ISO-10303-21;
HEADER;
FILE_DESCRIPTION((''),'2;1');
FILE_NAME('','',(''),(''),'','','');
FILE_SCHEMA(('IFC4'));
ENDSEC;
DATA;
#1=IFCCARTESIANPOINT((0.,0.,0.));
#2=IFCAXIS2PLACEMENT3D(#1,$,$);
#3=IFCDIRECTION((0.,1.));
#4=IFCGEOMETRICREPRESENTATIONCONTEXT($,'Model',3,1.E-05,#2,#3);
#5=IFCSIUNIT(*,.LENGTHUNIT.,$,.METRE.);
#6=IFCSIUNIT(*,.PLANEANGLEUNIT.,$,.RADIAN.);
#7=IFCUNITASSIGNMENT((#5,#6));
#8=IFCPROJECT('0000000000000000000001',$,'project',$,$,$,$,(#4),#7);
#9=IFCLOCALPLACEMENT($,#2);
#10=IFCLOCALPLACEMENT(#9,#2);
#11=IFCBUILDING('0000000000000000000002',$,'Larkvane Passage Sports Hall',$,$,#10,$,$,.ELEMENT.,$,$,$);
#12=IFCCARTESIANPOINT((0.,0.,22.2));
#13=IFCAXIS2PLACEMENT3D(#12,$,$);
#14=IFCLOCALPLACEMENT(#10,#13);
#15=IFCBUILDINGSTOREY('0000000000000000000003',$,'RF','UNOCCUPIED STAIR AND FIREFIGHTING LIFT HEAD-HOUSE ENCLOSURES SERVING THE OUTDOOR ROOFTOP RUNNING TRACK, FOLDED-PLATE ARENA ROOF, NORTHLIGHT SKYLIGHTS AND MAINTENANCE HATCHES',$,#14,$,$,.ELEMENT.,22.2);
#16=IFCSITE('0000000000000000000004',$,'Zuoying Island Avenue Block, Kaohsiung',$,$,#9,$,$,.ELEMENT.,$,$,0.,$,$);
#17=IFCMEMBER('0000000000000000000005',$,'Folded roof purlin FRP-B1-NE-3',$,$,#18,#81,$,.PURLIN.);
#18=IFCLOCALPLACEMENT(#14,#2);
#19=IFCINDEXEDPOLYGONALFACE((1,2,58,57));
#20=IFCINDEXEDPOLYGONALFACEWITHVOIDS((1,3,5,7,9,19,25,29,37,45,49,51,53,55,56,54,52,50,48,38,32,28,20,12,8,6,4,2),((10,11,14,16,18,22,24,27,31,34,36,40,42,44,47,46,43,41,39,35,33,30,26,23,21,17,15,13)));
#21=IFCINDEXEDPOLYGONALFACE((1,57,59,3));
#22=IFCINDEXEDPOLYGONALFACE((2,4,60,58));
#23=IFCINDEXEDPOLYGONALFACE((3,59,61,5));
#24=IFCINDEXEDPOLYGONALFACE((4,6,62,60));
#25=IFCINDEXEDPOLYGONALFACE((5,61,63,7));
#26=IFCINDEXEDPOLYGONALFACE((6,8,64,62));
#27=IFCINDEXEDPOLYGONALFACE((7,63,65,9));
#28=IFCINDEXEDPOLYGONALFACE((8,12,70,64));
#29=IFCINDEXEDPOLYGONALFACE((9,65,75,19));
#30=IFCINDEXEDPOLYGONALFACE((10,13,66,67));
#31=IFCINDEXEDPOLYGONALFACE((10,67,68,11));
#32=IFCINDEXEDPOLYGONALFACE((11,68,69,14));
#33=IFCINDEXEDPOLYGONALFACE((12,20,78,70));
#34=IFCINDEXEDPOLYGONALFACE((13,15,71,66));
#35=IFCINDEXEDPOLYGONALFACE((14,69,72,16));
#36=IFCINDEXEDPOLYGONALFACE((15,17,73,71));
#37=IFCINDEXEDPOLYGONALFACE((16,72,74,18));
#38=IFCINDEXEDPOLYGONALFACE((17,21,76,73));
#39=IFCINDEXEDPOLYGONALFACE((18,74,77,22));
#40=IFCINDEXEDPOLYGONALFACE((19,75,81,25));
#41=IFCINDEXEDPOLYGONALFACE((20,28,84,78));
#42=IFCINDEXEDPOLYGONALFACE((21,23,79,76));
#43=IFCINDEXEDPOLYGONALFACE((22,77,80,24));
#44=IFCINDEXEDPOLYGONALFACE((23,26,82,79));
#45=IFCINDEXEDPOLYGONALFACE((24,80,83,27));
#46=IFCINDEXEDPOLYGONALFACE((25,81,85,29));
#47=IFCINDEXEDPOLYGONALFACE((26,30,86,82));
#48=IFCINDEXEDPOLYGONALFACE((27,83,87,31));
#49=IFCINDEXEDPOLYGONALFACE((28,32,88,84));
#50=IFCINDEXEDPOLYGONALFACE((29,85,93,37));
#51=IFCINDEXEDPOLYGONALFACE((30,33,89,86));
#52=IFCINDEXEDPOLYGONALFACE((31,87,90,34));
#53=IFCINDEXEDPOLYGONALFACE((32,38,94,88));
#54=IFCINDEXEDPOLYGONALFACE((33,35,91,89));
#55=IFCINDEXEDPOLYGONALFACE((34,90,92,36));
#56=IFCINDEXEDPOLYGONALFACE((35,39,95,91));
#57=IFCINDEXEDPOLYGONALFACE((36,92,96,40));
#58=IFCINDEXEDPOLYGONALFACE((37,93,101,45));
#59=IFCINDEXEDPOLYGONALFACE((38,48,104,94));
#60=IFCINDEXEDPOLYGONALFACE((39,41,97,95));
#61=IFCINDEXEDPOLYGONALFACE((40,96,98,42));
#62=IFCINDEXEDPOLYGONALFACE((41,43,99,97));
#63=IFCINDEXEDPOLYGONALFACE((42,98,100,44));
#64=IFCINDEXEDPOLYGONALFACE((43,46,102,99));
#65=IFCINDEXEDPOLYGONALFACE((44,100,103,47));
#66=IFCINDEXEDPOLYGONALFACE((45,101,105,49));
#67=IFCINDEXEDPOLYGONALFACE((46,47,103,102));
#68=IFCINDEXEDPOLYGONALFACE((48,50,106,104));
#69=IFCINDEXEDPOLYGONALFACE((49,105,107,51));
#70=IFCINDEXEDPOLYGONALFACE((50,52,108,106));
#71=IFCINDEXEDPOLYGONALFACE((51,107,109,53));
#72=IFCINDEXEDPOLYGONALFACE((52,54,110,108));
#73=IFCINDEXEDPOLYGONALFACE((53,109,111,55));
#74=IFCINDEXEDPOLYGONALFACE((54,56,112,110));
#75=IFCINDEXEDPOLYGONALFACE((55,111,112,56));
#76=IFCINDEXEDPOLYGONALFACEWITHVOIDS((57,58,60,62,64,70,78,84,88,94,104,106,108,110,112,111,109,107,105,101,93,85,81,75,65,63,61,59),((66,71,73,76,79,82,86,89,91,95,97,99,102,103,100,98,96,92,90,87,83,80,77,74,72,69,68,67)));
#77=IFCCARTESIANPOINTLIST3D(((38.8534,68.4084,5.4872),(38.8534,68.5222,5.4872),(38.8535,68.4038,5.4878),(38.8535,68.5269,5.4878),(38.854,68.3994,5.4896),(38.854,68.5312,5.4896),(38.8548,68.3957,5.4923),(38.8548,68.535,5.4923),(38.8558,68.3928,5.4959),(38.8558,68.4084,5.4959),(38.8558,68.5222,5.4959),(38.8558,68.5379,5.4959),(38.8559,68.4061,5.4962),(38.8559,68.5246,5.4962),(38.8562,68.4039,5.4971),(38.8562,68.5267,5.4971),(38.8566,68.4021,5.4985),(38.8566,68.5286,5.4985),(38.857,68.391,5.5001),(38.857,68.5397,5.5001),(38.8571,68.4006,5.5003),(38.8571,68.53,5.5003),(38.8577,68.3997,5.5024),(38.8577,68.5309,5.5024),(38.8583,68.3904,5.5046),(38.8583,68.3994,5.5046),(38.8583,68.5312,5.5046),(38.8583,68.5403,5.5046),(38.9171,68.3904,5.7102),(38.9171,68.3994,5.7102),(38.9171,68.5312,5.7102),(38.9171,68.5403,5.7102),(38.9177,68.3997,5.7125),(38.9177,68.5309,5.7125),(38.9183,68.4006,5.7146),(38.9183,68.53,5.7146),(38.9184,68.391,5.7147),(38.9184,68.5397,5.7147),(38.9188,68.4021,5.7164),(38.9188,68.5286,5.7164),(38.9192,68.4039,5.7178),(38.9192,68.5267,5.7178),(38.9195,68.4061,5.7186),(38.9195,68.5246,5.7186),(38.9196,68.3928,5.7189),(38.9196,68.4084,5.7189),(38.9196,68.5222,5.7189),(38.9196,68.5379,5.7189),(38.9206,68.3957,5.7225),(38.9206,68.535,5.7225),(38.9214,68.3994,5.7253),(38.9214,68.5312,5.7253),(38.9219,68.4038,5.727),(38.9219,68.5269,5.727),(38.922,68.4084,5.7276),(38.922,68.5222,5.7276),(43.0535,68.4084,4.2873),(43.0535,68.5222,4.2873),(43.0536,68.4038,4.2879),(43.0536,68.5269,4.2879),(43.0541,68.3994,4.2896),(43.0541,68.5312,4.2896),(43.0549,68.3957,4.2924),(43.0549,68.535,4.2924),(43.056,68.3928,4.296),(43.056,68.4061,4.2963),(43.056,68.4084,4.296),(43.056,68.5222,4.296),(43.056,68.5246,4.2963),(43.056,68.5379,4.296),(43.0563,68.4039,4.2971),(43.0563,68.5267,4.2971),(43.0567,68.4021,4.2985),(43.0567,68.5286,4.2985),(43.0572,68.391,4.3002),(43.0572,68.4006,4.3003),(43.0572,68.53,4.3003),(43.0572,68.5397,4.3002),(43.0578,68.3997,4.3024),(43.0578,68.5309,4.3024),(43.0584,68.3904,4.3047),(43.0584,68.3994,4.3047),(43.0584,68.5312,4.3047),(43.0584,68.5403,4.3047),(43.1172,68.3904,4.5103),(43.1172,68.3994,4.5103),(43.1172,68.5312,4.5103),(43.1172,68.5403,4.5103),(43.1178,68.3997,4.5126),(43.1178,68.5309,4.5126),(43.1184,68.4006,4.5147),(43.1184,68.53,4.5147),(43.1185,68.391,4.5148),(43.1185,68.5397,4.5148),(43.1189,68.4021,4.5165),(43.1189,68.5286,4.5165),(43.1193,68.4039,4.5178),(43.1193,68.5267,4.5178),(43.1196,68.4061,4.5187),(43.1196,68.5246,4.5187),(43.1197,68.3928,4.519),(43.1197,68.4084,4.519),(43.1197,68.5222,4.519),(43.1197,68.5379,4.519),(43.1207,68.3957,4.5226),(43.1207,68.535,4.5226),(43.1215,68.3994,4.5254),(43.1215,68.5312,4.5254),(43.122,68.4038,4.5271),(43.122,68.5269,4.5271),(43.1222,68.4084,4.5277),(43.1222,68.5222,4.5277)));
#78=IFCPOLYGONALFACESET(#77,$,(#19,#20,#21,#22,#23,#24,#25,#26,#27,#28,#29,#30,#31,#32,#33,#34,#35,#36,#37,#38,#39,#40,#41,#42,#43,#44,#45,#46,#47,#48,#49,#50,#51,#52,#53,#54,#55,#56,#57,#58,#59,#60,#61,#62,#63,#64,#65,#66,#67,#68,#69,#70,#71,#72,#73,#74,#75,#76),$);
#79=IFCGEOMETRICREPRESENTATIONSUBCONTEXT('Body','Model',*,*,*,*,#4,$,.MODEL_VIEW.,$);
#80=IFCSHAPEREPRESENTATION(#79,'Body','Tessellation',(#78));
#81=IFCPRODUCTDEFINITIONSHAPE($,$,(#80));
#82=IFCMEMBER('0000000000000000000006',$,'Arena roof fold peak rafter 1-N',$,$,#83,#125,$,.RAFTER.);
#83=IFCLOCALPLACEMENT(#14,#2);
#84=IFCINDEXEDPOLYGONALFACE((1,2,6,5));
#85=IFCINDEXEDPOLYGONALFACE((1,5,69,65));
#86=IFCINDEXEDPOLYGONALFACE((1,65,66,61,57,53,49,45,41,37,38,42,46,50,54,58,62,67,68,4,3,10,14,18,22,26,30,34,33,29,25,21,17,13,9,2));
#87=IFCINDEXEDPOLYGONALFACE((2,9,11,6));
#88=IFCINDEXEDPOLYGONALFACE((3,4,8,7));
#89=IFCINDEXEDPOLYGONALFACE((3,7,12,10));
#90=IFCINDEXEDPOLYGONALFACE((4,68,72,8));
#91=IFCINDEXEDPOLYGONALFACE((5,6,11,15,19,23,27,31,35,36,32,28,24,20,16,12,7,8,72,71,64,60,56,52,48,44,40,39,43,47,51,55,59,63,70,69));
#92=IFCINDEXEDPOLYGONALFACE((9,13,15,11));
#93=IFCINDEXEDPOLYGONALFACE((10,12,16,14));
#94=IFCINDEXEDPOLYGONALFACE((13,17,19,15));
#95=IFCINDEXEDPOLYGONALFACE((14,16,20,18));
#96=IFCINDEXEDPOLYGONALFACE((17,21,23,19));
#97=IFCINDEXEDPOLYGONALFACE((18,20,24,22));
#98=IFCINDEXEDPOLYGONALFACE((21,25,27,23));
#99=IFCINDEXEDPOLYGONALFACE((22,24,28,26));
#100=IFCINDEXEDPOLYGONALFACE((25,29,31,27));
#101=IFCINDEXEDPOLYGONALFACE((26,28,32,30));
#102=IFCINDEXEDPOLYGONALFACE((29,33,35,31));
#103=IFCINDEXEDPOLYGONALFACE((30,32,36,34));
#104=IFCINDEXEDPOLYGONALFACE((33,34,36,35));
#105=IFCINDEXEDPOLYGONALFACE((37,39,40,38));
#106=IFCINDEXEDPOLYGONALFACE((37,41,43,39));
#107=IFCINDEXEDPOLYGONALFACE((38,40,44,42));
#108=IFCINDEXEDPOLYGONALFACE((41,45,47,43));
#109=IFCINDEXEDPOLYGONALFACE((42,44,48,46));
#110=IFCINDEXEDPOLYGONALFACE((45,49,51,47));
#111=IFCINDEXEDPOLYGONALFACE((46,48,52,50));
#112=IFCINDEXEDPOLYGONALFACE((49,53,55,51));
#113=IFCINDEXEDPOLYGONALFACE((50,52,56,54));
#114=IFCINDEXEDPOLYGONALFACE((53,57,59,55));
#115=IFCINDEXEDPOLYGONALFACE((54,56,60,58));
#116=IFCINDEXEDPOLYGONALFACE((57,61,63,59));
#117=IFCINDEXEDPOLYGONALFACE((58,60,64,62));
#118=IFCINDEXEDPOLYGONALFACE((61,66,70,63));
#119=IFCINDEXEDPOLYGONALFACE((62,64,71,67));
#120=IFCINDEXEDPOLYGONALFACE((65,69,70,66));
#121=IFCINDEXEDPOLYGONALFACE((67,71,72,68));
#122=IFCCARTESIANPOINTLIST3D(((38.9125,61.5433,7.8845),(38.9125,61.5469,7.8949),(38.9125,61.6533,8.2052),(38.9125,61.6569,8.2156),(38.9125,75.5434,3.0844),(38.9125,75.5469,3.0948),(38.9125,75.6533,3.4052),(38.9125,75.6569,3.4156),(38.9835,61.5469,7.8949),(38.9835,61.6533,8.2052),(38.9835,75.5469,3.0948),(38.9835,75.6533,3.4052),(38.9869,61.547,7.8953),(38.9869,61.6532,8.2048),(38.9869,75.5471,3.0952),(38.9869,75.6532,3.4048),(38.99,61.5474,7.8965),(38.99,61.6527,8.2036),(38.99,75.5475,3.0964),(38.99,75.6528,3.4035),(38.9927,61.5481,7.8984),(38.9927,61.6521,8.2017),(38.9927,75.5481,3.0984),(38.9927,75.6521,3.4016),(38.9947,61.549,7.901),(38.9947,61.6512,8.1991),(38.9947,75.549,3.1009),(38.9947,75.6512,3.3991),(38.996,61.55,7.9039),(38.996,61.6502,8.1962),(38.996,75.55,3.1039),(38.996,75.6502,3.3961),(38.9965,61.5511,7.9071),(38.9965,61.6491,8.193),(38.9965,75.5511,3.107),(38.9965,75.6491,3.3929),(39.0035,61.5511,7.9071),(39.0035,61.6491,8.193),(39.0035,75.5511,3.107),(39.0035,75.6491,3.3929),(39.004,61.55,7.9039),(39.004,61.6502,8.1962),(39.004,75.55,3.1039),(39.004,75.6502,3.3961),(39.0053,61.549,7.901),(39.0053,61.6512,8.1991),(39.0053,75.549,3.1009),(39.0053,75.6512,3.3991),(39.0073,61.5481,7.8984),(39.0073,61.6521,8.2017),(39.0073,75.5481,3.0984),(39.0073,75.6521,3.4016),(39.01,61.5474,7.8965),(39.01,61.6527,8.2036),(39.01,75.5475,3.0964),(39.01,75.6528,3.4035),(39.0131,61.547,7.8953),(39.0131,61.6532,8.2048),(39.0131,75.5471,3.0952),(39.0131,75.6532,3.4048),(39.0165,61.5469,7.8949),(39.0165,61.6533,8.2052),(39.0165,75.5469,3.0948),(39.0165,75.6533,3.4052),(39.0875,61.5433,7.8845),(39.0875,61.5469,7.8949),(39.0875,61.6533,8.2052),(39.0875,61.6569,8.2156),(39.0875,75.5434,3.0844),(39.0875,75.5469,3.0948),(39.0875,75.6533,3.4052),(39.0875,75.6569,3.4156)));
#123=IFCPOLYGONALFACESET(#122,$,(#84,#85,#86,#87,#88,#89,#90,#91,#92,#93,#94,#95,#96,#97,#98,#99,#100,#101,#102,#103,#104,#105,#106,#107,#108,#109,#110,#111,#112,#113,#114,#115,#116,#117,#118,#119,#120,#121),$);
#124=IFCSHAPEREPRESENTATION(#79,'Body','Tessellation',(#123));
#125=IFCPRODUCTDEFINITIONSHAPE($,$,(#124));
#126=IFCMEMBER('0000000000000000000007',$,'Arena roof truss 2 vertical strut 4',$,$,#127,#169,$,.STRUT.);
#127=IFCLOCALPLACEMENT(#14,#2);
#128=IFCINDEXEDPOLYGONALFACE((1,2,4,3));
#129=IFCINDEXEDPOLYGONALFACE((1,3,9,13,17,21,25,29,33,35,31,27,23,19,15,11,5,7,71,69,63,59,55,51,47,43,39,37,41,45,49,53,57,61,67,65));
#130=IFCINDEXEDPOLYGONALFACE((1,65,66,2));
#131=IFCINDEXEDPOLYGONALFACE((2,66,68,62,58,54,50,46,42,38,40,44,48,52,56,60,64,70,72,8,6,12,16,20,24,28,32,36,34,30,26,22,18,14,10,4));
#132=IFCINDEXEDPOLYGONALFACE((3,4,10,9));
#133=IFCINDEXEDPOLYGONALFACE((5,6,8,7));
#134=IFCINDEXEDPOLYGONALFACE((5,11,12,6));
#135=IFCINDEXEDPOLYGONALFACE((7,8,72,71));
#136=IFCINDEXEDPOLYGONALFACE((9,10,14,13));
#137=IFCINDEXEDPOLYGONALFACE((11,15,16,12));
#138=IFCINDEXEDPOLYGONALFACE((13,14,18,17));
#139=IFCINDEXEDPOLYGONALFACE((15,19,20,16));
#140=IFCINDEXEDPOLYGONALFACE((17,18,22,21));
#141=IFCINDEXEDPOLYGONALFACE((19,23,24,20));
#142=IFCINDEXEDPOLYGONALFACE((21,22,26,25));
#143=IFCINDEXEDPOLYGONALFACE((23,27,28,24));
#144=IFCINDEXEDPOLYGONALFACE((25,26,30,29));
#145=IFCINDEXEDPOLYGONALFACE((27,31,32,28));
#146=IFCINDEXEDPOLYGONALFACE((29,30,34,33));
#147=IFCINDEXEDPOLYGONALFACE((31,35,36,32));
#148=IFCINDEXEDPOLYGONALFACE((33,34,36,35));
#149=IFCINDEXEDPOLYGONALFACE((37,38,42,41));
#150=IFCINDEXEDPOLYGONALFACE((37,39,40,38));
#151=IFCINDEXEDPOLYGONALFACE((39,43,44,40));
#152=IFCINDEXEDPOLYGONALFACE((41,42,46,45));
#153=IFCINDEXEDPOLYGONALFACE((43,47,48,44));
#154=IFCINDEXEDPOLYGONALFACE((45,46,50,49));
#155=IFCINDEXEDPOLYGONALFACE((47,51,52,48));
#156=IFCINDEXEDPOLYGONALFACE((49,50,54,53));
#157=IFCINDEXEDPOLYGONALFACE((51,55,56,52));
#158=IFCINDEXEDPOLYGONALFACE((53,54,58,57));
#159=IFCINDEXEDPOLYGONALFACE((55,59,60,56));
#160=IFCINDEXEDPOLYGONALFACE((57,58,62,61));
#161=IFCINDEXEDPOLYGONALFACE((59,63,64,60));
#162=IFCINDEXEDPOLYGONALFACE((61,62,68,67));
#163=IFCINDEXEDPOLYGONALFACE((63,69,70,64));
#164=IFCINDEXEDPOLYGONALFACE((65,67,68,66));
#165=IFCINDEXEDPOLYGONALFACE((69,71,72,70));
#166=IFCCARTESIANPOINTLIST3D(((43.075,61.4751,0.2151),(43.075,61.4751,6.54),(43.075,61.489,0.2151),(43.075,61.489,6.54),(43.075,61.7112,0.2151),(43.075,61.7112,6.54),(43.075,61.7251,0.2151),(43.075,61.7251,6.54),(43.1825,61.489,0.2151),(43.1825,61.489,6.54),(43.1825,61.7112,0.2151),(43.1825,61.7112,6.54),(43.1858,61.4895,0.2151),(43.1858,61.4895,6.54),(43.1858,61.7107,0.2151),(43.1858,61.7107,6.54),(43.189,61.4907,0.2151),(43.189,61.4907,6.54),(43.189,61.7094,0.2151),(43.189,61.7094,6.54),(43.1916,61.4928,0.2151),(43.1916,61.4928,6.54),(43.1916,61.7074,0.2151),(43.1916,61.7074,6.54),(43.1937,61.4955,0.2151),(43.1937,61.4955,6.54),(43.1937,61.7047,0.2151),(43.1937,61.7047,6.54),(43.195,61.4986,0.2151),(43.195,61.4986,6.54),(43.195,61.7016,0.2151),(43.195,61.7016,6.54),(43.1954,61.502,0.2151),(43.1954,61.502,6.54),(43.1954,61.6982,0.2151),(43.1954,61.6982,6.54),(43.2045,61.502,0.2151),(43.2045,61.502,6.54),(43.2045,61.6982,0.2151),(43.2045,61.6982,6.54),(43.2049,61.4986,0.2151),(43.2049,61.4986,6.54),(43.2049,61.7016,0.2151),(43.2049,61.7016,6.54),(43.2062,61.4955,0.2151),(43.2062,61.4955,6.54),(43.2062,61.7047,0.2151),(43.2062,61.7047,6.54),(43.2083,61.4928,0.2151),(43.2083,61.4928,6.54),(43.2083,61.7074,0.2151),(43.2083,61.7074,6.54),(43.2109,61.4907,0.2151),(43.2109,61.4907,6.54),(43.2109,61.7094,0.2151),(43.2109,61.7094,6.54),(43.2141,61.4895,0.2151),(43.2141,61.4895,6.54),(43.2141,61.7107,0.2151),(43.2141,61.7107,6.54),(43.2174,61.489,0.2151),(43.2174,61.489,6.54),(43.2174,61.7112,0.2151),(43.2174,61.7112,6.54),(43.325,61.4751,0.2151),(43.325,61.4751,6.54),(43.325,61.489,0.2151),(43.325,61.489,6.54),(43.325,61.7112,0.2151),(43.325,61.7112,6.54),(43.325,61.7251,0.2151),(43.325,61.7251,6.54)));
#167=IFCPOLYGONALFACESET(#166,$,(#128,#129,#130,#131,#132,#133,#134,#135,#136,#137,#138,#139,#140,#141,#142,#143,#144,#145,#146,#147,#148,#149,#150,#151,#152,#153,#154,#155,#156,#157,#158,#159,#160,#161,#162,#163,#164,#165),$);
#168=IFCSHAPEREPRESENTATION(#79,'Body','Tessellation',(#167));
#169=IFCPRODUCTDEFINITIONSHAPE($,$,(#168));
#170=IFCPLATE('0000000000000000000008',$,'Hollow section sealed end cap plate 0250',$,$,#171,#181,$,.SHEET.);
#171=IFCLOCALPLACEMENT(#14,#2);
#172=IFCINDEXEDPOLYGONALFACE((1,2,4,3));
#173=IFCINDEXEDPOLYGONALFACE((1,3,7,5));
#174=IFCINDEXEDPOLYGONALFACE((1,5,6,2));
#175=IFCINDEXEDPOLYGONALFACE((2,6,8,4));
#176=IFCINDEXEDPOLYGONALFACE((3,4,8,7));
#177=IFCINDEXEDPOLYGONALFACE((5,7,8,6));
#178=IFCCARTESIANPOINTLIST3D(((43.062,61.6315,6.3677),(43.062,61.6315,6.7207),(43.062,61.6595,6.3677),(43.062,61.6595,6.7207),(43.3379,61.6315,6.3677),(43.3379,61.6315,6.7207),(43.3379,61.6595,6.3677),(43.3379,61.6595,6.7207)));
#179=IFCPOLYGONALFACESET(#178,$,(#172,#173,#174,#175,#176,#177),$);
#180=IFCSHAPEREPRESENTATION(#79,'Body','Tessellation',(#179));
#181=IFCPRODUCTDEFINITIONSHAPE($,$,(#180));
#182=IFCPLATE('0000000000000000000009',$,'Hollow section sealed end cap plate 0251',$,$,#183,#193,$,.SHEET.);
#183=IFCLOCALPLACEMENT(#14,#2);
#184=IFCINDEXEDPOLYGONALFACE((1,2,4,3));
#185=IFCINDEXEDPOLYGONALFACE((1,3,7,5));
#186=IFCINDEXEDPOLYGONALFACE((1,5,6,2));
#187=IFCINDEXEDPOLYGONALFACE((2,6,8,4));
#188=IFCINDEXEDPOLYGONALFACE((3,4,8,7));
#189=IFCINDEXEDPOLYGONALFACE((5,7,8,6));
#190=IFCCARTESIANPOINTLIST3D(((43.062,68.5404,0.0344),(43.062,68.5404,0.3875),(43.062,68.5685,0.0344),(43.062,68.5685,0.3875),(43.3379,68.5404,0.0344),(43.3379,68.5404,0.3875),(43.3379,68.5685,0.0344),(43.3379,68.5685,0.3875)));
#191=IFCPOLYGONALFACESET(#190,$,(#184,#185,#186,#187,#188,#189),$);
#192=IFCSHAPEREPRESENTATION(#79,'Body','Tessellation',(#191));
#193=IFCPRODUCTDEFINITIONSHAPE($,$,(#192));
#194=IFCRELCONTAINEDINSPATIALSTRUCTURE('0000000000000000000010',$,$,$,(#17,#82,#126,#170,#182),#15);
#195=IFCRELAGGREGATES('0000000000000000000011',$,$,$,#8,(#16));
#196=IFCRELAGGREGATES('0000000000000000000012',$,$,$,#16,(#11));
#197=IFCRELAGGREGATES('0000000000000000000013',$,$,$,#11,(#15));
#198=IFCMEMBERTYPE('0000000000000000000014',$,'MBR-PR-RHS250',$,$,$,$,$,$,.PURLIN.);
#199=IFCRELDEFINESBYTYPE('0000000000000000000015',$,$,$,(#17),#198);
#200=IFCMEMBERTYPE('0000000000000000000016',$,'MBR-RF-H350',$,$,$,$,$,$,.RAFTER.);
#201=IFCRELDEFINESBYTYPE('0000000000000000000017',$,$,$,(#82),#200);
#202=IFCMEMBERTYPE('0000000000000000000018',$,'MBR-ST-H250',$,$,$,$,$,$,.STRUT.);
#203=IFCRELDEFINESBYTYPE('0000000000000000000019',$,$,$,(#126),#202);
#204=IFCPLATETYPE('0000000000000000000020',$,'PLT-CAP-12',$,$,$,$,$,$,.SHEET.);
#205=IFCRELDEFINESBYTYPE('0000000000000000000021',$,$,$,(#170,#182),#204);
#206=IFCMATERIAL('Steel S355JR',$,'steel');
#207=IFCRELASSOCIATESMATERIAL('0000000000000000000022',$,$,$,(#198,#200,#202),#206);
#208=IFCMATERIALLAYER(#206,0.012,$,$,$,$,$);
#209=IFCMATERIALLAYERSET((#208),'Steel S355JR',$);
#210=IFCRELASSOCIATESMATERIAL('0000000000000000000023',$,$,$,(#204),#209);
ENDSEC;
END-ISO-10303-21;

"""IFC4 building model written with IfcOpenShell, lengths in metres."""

from ifc_helpers import new_model, si_unit, direction, frame, origin, origin_2d, place, context, subcontext, project, spatial, rectangle, hollow_rectangle, i_section, extrude, material, layer, layer_set, material_profile, profile_set, type_object, element, save


model = new_model("IFC4")

# Units and contexts
model_context = context("Model", 3, precision=1e-05, world=origin(), true_north=direction((0.0, 1.0)))
body_context = subcontext(model_context, "Body", "Model", "MODEL_VIEW")
ifc_project = project(units=[si_unit("LENGTHUNIT", "METRE"), si_unit("PLANEANGLEUNIT", "RADIAN")], contexts=[model_context])

# Site, building, storey
site_placement = place(None, origin())
site = spatial("IfcSite", under=ifc_project, at=site_placement, Name="Zuoying Island Avenue Block, Kaohsiung", CompositionType="ELEMENT", RefElevation=0.0)
building_placement = place(site_placement, origin())
building = spatial("IfcBuilding", under=site, at=building_placement, Name="Larkvane Passage Sports Hall", CompositionType="ELEMENT")
storey_placement = place(building_placement, frame((0.0, 0.0, 22.2)))
storey = spatial("IfcBuildingStorey", under=building, at=storey_placement, Name="RF", Description="UNOCCUPIED STAIR AND FIREFIGHTING LIFT HEAD-HOUSE ENCLOSURES SERVING THE OUTDOOR ROOFTOP RUNNING TRACK, FOLDED-PLATE ARENA ROOF, NORTHLIGHT SKYLIGHTS AND MAINTENANCE HATCHES", CompositionType="ELEMENT", Elevation=22.2)

# Members
ifc_material_1 = material(Name="Steel S355JR", Category="steel")
ifc_material_profile_1 = material_profile(ifc_material_1, hollow_rectangle(XDim=0.1499, YDim=0.25, WallThickness=0.009, InnerFilletRadius=0.009, OuterFilletRadius=0.0181, at=origin_2d()), Name="RHS-250x150x9")
ifc_profile_set_1 = profile_set([ifc_material_profile_1], Name="Steel S355JR")
member_type_1 = type_object("IfcMemberType", Name="MBR-PR-RHS250", PredefinedType="PURLIN", material=ifc_profile_set_1)
for number, where, z_axis, x_axis, name in (
    (1, (38.8877, 68.4653, 5.6074), (0.96153, 0.0, -0.274699), (0.0, 1.0, 0.0), "Folded roof purlin FRP-B1-NE-3"),
):
    element("IfcMember", number, at=place(storey_placement, frame(where, z_axis=z_axis, x_axis=x_axis)), inside=storey, type_object=member_type_1, Name=name, PredefinedType="PURLIN", context=body_context, shape_type="SweptSolid", body=[
        extrude(hollow_rectangle(XDim=0.1499, YDim=0.25, WallThickness=0.009, InnerFilletRadius=0.009, OuterFilletRadius=0.0181, at=origin_2d()), origin(), (0.0, 0.0, 1.0), 4.3682),
    ])
ifc_material_profile_2 = material_profile(ifc_material_1, i_section(OverallWidth=0.175, OverallDepth=0.3501, WebThickness=0.0071, FlangeThickness=0.011, FilletRadius=0.0129, at=origin_2d()), Name="H-350x175x7x11")
ifc_profile_set_2 = profile_set([ifc_material_profile_2], Name="Steel S355JR")
member_type_2 = type_object("IfcMemberType", Name="MBR-RF-H350", PredefinedType="RAFTER", material=ifc_profile_set_2)
member_1_placement = place(storey_placement, frame((39.0, 61.6001, 8.05), z_axis=(0.0, 0.945945, -0.324327), x_axis=(-1.0, 0.0, 0.0)))
element("IfcMember", 2, at=member_1_placement, inside=storey, type_object=member_type_2, Name="Arena roof fold peak rafter 1-N", PredefinedType="RAFTER", context=body_context, shape_type="SweptSolid", body=[
    extrude(i_section(OverallWidth=0.175, OverallDepth=0.3501, WebThickness=0.0071, FlangeThickness=0.011, FilletRadius=0.0129, at=origin_2d()), origin(), (0.0, 0.0, 1.0), 14.8),
])
ifc_material_profile_3 = material_profile(ifc_material_1, i_section(OverallWidth=0.25, OverallDepth=0.25, WebThickness=0.009, FlangeThickness=0.0139, FilletRadius=0.0129, at=origin_2d()), Name="H-250x250x9x14")
ifc_profile_set_3 = profile_set([ifc_material_profile_3], Name="Steel S355JR")
member_type_3 = type_object("IfcMemberType", Name="MBR-ST-H250", PredefinedType="STRUT", material=ifc_profile_set_3)
member_2_placement = place(storey_placement, frame((43.2, 61.6001, 0.2151), z_axis=(0.0, 0.0, 1.0), x_axis=(1.0, 0.0, 0.0)))
element("IfcMember", 3, at=member_2_placement, inside=storey, type_object=member_type_3, Name="Arena roof truss 2 vertical strut 4", PredefinedType="STRUT", context=body_context, shape_type="SweptSolid", body=[
    extrude(i_section(OverallWidth=0.25, OverallDepth=0.25, WebThickness=0.009, FlangeThickness=0.0139, FilletRadius=0.0129, at=origin_2d()), origin(), (0.0, 0.0, 1.0), 6.325),
])

# Plates
ifc_layer_1 = layer(ifc_material_1, 0.012)
ifc_layer_set_1 = layer_set([ifc_layer_1], Name="Steel S355JR")
plate_type_1 = type_object("IfcPlateType", Name="PLT-CAP-12", PredefinedType="SHEET", material=ifc_layer_set_1)
for number, where, z_axis, x_axis, name in (
    (4, (43.2, 61.6455, 6.3677), (0.0, 0.0, 1.0), (-1.0, 0.0, 0.0), "Hollow section sealed end cap plate 0250"),
    (5, (43.2, 68.5544, 0.0344), (0.0, 0.0, 1.0), (-1.0, 0.0, 0.0), "Hollow section sealed end cap plate 0251"),
):
    element("IfcPlate", number, at=place(storey_placement, frame(where, z_axis=z_axis, x_axis=x_axis)), inside=storey, type_object=plate_type_1, Name=name, PredefinedType="SHEET", context=body_context, shape_type="SweptSolid", body=[
        extrude(rectangle(XDim=0.2759, YDim=0.0281, at=origin_2d()), origin(), (0.0, 0.0, 1.0), 0.353),
    ])

save(model, "model.ifc")
